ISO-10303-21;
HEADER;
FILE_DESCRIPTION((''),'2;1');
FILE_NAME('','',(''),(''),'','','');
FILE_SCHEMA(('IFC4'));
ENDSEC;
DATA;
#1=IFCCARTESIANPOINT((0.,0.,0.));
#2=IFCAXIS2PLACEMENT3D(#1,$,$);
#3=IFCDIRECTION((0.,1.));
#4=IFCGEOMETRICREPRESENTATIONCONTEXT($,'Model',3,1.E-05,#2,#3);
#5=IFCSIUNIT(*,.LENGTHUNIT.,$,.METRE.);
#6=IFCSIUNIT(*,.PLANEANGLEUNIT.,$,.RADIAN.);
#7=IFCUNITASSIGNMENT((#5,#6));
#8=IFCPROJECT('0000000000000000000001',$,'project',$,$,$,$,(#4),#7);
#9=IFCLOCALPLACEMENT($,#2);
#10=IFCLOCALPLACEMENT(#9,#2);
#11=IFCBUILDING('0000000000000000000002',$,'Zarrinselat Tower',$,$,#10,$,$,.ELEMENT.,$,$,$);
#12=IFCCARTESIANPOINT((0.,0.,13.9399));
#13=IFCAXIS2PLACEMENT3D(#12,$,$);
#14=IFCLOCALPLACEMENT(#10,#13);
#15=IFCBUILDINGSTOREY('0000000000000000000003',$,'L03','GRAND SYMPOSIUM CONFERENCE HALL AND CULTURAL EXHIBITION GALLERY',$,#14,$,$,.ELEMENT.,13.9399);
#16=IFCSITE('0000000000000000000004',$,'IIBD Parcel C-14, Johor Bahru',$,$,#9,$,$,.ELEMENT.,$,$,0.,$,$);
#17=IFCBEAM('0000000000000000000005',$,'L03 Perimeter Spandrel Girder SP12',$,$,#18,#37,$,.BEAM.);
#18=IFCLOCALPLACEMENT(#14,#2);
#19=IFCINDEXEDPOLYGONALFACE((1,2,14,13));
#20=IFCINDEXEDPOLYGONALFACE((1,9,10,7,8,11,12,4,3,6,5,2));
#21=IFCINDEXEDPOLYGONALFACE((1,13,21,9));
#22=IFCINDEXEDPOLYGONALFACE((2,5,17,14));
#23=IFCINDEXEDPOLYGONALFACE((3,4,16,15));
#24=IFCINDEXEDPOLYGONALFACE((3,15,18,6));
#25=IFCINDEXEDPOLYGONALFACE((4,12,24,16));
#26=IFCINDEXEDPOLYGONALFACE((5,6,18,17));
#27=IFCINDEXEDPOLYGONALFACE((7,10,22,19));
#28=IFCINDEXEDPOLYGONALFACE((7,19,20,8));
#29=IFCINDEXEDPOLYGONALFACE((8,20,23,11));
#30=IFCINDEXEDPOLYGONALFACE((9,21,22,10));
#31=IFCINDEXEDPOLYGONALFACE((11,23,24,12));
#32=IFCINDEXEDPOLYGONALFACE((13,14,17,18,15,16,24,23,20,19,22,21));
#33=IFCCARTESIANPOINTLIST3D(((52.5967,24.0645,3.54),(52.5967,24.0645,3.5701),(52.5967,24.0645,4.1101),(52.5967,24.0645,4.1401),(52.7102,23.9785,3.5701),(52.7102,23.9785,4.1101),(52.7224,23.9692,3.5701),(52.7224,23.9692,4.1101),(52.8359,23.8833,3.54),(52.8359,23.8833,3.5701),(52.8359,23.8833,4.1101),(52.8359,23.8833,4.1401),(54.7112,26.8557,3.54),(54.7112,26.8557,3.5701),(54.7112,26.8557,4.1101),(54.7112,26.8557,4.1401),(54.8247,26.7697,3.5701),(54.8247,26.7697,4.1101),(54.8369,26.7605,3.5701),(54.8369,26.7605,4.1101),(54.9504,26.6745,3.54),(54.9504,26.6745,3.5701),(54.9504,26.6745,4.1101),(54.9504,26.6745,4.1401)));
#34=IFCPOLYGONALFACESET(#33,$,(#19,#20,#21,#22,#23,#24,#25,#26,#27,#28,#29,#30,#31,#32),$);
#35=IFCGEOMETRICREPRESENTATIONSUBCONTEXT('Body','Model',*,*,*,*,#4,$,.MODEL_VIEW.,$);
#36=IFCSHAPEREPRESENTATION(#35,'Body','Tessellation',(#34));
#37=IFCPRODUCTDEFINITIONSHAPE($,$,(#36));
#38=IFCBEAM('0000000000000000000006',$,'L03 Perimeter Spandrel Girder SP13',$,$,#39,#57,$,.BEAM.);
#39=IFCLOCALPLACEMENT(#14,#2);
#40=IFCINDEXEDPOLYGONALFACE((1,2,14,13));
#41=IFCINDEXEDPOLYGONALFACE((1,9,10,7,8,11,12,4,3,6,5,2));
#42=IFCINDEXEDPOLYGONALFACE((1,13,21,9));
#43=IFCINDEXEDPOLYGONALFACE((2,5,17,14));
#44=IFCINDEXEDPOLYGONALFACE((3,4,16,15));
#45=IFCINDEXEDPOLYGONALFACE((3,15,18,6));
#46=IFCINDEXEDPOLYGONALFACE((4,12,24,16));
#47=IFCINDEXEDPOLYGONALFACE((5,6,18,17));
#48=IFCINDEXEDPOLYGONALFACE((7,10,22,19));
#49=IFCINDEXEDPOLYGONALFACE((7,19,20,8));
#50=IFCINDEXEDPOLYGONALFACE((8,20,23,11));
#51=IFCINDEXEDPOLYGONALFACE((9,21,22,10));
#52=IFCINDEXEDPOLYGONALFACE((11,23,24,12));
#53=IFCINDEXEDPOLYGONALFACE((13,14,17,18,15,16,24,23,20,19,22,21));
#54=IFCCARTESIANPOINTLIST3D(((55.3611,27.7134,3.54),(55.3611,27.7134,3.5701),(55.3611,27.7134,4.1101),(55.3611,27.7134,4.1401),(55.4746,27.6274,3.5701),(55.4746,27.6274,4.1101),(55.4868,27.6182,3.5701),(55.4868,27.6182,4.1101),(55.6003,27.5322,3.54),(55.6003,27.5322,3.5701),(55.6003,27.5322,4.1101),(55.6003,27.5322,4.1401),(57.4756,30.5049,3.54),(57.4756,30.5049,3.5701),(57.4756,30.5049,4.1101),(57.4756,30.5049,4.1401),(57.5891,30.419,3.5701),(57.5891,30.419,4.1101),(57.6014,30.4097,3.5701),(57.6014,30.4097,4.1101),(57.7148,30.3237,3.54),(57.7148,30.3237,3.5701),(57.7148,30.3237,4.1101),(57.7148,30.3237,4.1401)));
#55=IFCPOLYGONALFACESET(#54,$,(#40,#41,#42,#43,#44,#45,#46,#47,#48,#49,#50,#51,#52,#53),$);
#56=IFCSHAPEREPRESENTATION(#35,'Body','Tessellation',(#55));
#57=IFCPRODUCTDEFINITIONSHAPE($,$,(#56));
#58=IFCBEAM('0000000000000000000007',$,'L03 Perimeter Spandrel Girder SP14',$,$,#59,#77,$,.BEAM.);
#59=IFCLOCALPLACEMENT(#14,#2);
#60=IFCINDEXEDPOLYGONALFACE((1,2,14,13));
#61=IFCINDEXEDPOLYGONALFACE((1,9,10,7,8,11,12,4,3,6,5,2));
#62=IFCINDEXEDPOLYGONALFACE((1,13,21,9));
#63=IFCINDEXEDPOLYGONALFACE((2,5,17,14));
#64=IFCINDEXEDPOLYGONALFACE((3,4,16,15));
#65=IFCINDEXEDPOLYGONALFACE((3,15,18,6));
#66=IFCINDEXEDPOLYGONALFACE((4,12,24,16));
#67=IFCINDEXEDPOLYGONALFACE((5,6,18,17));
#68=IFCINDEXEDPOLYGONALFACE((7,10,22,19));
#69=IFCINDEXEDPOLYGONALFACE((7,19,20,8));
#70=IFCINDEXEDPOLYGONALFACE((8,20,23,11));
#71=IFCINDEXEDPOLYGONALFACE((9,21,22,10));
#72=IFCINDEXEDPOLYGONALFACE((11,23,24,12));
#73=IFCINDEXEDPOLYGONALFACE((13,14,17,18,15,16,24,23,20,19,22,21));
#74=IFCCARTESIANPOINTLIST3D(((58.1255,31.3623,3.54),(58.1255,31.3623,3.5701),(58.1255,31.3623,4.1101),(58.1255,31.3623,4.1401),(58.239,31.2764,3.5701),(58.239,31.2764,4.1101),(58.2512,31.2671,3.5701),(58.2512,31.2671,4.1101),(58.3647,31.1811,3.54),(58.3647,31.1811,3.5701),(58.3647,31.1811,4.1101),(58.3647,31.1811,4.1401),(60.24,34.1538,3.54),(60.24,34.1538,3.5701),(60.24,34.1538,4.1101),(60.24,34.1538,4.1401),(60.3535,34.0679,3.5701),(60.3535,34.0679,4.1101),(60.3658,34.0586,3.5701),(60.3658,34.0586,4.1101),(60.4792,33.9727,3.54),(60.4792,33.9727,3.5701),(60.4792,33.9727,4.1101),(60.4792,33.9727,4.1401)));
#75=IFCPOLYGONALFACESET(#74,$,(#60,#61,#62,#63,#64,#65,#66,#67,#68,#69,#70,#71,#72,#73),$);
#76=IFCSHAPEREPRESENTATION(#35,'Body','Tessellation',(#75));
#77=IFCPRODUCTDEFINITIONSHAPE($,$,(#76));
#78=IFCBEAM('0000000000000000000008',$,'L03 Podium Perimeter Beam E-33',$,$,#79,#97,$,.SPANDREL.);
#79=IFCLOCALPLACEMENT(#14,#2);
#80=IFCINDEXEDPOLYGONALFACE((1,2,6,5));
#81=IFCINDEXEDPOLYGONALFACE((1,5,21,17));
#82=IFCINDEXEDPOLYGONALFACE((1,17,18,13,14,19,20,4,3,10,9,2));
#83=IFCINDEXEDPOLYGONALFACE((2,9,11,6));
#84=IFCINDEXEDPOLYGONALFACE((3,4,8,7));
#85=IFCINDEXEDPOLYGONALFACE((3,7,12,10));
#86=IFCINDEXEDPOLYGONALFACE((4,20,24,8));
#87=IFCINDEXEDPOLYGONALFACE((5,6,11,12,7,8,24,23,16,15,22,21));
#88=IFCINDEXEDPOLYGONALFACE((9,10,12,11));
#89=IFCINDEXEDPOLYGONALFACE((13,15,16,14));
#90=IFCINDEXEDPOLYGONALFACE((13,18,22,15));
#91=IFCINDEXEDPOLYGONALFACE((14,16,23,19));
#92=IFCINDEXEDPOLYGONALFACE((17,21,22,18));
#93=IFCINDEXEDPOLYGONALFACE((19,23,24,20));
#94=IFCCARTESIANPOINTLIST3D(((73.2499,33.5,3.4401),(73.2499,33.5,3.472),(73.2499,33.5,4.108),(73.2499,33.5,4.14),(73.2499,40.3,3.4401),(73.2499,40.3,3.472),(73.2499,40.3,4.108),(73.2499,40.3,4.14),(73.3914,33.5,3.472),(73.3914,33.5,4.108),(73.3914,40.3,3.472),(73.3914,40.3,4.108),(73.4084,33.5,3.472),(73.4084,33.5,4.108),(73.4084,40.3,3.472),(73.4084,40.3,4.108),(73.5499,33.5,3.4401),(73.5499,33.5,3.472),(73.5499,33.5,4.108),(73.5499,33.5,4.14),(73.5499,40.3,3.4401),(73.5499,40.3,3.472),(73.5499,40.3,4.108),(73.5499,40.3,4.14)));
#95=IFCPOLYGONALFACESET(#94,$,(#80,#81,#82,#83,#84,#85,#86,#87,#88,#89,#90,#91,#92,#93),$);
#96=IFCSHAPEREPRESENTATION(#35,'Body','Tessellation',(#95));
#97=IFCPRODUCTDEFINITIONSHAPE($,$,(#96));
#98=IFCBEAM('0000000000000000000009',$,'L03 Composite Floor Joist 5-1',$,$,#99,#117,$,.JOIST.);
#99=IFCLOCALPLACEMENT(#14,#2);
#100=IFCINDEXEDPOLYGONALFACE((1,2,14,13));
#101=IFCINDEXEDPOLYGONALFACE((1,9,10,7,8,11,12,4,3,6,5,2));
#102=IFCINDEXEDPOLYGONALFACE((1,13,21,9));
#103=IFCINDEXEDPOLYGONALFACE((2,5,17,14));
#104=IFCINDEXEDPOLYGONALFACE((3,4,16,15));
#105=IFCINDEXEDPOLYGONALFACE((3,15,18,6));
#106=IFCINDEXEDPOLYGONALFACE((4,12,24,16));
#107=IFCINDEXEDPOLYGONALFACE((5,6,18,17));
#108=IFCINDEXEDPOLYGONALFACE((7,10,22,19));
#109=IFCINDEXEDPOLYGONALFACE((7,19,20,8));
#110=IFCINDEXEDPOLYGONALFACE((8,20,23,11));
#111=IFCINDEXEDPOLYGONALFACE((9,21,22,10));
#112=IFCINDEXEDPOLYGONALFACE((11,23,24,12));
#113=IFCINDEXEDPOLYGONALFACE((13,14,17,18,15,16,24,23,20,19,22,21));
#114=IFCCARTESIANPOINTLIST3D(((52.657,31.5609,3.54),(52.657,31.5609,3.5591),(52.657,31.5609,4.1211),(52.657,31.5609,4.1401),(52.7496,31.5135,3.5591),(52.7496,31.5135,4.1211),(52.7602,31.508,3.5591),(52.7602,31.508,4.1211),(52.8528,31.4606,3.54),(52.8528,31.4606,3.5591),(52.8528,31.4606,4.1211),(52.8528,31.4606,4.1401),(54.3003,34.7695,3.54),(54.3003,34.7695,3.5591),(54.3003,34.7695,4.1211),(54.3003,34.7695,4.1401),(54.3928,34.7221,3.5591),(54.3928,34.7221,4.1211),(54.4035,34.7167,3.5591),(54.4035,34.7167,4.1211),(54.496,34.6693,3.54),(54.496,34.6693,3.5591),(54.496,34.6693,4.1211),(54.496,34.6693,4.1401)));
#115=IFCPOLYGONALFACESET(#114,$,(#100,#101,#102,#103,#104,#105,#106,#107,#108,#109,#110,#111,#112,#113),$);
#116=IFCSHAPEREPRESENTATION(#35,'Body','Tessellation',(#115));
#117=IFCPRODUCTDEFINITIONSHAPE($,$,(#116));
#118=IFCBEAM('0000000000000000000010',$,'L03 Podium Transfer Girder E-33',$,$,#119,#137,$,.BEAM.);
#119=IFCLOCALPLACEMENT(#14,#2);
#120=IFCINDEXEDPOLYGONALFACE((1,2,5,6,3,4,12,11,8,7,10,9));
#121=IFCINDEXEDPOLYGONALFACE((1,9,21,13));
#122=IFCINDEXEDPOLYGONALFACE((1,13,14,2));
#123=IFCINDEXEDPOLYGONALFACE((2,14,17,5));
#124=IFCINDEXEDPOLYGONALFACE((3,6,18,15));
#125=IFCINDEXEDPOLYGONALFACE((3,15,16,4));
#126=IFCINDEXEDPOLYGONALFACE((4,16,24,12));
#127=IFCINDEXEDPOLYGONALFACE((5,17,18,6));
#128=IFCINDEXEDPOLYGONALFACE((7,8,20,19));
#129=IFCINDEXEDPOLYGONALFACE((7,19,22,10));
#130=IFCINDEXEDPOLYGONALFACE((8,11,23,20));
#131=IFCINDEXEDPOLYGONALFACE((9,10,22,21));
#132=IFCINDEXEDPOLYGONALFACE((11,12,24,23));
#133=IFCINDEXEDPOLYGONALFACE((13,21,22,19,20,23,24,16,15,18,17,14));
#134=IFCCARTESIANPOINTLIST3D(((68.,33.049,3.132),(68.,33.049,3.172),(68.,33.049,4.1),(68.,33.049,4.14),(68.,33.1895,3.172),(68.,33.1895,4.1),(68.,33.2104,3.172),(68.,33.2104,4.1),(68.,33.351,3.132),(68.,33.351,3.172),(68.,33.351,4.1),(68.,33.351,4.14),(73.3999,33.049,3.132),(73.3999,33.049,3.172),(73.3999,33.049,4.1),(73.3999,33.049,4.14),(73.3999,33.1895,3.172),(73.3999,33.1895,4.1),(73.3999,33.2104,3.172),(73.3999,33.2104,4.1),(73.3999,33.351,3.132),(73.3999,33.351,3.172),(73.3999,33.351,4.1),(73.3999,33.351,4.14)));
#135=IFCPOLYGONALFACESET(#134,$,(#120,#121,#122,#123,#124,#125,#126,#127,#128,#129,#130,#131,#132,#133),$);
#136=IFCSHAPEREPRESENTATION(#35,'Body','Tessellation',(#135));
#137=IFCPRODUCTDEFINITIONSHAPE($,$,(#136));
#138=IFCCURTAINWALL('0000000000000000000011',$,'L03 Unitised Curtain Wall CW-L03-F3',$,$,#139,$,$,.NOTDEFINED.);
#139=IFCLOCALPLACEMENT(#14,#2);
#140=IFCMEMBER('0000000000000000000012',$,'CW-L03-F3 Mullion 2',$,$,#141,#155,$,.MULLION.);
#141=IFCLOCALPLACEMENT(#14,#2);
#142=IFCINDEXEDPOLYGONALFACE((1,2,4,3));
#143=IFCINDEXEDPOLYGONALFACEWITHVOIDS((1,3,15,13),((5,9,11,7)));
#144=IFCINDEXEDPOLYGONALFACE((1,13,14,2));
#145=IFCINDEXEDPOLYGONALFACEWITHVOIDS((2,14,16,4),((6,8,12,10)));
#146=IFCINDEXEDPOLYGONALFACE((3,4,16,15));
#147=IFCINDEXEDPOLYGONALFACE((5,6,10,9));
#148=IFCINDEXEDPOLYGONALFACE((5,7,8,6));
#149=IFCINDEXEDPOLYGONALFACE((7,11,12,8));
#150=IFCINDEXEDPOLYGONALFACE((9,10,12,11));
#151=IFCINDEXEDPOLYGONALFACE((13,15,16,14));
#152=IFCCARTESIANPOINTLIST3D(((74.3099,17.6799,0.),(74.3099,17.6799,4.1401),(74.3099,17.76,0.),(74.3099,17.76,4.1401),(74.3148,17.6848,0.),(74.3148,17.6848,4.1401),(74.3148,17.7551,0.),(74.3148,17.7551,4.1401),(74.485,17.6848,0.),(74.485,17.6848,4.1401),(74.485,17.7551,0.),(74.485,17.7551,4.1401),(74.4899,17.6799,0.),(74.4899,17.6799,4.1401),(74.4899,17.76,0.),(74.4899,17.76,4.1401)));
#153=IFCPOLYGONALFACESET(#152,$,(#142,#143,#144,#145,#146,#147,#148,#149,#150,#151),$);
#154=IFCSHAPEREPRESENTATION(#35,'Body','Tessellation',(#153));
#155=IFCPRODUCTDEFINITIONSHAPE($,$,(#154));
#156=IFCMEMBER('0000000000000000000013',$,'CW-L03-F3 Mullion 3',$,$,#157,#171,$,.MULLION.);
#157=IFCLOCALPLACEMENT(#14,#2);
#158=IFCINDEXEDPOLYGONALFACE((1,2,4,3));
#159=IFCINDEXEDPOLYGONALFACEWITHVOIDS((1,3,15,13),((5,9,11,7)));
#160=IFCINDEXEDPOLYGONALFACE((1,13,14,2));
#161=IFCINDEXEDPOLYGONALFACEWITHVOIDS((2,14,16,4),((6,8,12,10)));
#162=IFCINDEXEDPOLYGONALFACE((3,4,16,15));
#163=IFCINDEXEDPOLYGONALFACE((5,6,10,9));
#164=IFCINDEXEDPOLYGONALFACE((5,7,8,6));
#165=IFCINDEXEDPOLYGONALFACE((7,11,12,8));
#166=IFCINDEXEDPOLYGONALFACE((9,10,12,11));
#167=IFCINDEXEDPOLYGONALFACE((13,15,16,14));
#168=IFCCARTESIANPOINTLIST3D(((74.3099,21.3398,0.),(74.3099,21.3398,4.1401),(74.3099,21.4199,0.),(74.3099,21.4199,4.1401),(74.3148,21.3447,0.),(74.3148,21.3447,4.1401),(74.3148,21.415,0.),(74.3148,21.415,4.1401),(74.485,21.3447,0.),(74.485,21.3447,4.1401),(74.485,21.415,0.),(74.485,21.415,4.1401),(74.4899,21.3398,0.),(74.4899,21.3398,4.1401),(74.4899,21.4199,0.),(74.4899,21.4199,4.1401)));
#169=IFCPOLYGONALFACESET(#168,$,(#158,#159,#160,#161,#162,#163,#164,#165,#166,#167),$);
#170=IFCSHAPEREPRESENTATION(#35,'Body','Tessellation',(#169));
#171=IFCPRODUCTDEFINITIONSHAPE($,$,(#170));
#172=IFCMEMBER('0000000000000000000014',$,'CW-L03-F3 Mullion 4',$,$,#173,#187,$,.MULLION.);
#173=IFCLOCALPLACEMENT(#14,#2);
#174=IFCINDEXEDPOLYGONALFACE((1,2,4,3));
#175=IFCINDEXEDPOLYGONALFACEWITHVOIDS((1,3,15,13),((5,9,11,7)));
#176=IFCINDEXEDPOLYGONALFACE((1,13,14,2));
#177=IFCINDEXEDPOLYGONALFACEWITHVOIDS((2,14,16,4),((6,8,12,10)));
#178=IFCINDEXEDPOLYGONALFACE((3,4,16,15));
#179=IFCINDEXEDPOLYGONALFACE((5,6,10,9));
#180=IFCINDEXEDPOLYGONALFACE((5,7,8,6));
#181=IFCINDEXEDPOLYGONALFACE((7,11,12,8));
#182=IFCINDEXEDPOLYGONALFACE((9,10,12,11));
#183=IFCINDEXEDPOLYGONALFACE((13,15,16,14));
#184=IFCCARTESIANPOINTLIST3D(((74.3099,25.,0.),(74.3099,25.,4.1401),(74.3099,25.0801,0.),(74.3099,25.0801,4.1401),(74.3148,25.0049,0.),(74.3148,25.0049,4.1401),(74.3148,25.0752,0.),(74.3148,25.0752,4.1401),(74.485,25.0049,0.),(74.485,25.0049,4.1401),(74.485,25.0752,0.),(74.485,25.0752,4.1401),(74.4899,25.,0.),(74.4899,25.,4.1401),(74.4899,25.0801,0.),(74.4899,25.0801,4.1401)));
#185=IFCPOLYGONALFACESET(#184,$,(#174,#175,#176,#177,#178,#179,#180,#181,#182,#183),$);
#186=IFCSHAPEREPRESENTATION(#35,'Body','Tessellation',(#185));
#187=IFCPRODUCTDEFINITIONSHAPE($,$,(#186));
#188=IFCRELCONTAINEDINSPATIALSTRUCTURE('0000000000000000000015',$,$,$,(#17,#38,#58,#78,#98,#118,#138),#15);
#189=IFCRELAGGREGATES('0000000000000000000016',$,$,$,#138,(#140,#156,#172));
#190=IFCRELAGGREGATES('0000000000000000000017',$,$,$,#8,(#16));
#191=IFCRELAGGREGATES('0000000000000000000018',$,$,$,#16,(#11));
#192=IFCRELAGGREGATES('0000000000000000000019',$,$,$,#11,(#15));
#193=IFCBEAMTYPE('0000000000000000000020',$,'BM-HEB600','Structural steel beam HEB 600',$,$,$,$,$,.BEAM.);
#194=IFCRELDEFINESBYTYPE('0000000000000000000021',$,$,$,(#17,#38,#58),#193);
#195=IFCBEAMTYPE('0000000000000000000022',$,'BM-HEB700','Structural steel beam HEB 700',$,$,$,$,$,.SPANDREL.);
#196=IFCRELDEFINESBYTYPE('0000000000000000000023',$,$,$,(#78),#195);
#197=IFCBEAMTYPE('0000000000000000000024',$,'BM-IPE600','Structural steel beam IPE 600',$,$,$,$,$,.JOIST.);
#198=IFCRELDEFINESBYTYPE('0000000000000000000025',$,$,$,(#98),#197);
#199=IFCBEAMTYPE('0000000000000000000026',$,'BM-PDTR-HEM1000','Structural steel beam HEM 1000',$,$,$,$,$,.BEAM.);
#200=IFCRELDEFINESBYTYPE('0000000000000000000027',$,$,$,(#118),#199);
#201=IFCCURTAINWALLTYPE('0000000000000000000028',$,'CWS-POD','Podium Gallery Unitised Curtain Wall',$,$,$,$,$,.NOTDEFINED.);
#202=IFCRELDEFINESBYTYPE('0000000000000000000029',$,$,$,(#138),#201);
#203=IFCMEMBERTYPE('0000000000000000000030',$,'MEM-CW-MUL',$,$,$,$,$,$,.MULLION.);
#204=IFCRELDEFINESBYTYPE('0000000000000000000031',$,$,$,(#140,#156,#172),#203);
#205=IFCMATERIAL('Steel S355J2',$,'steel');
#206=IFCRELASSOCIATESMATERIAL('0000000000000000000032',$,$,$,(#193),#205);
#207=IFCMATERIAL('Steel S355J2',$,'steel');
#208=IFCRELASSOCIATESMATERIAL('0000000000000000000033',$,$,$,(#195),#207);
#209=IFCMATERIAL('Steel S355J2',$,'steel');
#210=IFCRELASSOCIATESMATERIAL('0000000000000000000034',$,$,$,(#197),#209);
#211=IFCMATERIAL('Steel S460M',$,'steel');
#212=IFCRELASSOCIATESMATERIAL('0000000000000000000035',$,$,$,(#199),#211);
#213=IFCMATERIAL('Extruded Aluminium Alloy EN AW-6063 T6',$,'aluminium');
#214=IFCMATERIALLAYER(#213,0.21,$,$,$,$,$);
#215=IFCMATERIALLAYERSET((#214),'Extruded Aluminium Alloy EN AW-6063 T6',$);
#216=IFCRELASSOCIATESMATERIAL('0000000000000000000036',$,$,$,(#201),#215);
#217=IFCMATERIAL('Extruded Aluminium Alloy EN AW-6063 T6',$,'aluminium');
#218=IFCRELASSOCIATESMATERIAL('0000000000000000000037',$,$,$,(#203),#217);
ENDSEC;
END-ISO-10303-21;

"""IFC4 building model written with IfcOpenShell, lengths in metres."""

from ifc_helpers import new_model, si_unit, direction, frame, origin, origin_2d, place, context, subcontext, project, spatial, hollow_rectangle, i_section, extrude, material, layer, layer_set, material_profile, profile_set, type_object, element, aggregate, save


model = new_model("IFC4")

# Units and contexts
model_context = context("Model", 3, precision=1e-05, world=origin(), true_north=direction((0.0, 1.0)))
body_context = subcontext(model_context, "Body", "Model", "MODEL_VIEW")
ifc_project = project(units=[si_unit("LENGTHUNIT", "METRE"), si_unit("PLANEANGLEUNIT", "RADIAN")], contexts=[model_context])

# Site, building, storey
site_placement = place(None, origin())
site = spatial("IfcSite", under=ifc_project, at=site_placement, Name="IIBD Parcel C-14, Johor Bahru", CompositionType="ELEMENT", RefElevation=0.0)
building_placement = place(site_placement, origin())
building = spatial("IfcBuilding", under=site, at=building_placement, Name="Zarrinselat Tower", CompositionType="ELEMENT")
storey_placement = place(building_placement, frame((0.0, 0.0, 13.9399)))
storey = spatial("IfcBuildingStorey", under=building, at=storey_placement, Name="L03", Description="GRAND SYMPOSIUM CONFERENCE HALL AND CULTURAL EXHIBITION GALLERY", CompositionType="ELEMENT", Elevation=13.9399)

# Beams
ifc_material_1 = material(Name="Steel S355J2", Category="steel")
ifc_material_profile_1 = material_profile(ifc_material_1, i_section(OverallWidth=0.3, OverallDepth=0.6001, WebThickness=0.0154, FlangeThickness=0.03, at=origin_2d()), Name="HEB 600")
ifc_profile_set_1 = profile_set([ifc_material_profile_1], Name="Steel S355J2")
beam_type_1 = type_object("IfcBeamType", Name="BM-HEB600", Description="Structural steel beam HEB 600", PredefinedType="BEAM", material=ifc_profile_set_1)
beam_1_placement = place(storey_placement, frame((52.7163, 23.9739, 3.8401), z_axis=(0.603842, 0.797104, 0.0), x_axis=(-0.797104, 0.603842, 0.0)))
element("IfcBeam", 1, at=beam_1_placement, inside=storey, type_object=beam_type_1, Name="L03 Perimeter Spandrel Girder SP12", PredefinedType="BEAM", context=body_context, shape_type="SweptSolid", body=[
    extrude(i_section(OverallWidth=0.3, OverallDepth=0.6001, WebThickness=0.0154, FlangeThickness=0.03, at=origin_2d()), origin(), (0.0, 0.0, 1.0), 3.5017),
])
for number, where, z_axis, x_axis, name in (
    (2, (55.4807, 27.6228, 3.8401), (0.603808, 0.79713, 0.0), (-0.79713, 0.603808, 0.0), "L03 Perimeter Spandrel Girder SP13"),
    (3, (58.2451, 31.2717, 3.8401), (0.603808, 0.79713, 0.0), (-0.79713, 0.603808, 0.0), "L03 Perimeter Spandrel Girder SP14"),
):
    element("IfcBeam", number, at=place(storey_placement, frame(where, z_axis=z_axis, x_axis=x_axis)), inside=storey, type_object=beam_type_1, Name=name, PredefinedType="BEAM", context=body_context, shape_type="SweptSolid", body=[
        extrude(i_section(OverallWidth=0.3, OverallDepth=0.6001, WebThickness=0.0154, FlangeThickness=0.03, at=origin_2d()), origin(), (0.0, 0.0, 1.0), 3.502),
    ])
ifc_material_2 = material(Name="Steel S355J2", Category="steel")
ifc_material_profile_2 = material_profile(ifc_material_2, i_section(OverallWidth=0.3, OverallDepth=0.7, WebThickness=0.0171, FlangeThickness=0.032, at=origin_2d()), Name="HEB 700")
ifc_profile_set_2 = profile_set([ifc_material_profile_2], Name="Steel S355J2")
beam_type_2 = type_object("IfcBeamType", Name="BM-HEB700", Description="Structural steel beam HEB 700", PredefinedType="SPANDREL", material=ifc_profile_set_2)
beam_2_placement = place(storey_placement, frame((73.3999, 33.5, 3.79), z_axis=(0.0, 1.0, 0.0), x_axis=(-1.0, 0.0, 0.0)))
element("IfcBeam", 4, at=beam_2_placement, inside=storey, type_object=beam_type_2, Name="L03 Podium Perimeter Beam E-33", PredefinedType="SPANDREL", context=body_context, shape_type="SweptSolid", body=[
    extrude(i_section(OverallWidth=0.3, OverallDepth=0.7, WebThickness=0.0171, FlangeThickness=0.032, at=origin_2d()), origin(), (0.0, 0.0, 1.0), 6.8),
])
ifc_material_3 = material(Name="Steel S355J2", Category="steel")
ifc_material_profile_3 = material_profile(ifc_material_3, i_section(OverallWidth=0.22, OverallDepth=0.6001, WebThickness=0.012, FlangeThickness=0.019, at=origin_2d()), Name="IPE 600")
ifc_profile_set_3 = profile_set([ifc_material_profile_3], Name="Steel S355J2")
beam_type_3 = type_object("IfcBeamType", Name="BM-IPE600", Description="Structural steel beam IPE 600", PredefinedType="JOIST", material=ifc_profile_set_3)
beam_3_placement = place(storey_placement, frame((52.7549, 31.5107, 3.8401), z_axis=(0.455834, 0.890065, 0.0), x_axis=(-0.890065, 0.455834, 0.0)))
element("IfcBeam", 5, at=beam_3_placement, inside=storey, type_object=beam_type_3, Name="L03 Composite Floor Joist 5-1", PredefinedType="JOIST", context=body_context, shape_type="SweptSolid", body=[
    extrude(i_section(OverallWidth=0.22, OverallDepth=0.6001, WebThickness=0.012, FlangeThickness=0.019, at=origin_2d()), origin(), (0.0, 0.0, 1.0), 3.605),
])
ifc_material_4 = material(Name="Steel S460M", Category="steel")
ifc_material_profile_4 = material_profile(ifc_material_4, i_section(OverallWidth=0.302, OverallDepth=1.0081, WebThickness=0.021, FlangeThickness=0.04, at=origin_2d()), Name="HEM 1000")
ifc_profile_set_4 = profile_set([ifc_material_profile_4], Name="Steel S460M")
beam_type_4 = type_object("IfcBeamType", Name="BM-PDTR-HEM1000", Description="Structural steel beam HEM 1000", PredefinedType="BEAM", material=ifc_profile_set_4)
beam_4_placement = place(storey_placement, frame((68.0, 33.2, 3.636), z_axis=(1.0, 0.0, 0.0), x_axis=(0.0, 1.0, 0.0)))
element("IfcBeam", 6, at=beam_4_placement, inside=storey, type_object=beam_type_4, Name="L03 Podium Transfer Girder E-33", PredefinedType="BEAM", context=body_context, shape_type="SweptSolid", body=[
    extrude(i_section(OverallWidth=0.302, OverallDepth=1.0081, WebThickness=0.021, FlangeThickness=0.04, at=origin_2d()), origin(), (0.0, 0.0, 1.0), 5.3999),
])

# Curtain wall, members
ifc_material_5 = material(Name="Extruded Aluminium Alloy EN AW-6063 T6", Category="aluminium")
ifc_layer_1 = layer(ifc_material_5, 0.21)
ifc_layer_set_1 = layer_set([ifc_layer_1], Name="Extruded Aluminium Alloy EN AW-6063 T6")
curtain_wall_type = type_object("IfcCurtainWallType", Name="CWS-POD", Description="Podium Gallery Unitised Curtain Wall", PredefinedType="NOTDEFINED", material=ifc_layer_set_1)
curtain_wall_placement = place(storey_placement, origin())
curtain_wall = element("IfcCurtainWall", 7, at=curtain_wall_placement, inside=storey, type_object=curtain_wall_type, Name="L03 Unitised Curtain Wall CW-L03-F3", PredefinedType="NOTDEFINED")
ifc_material_6 = material(Name="Extruded Aluminium Alloy EN AW-6063 T6", Category="aluminium")
ifc_material_profile_5 = material_profile(ifc_material_6, hollow_rectangle(XDim=0.0801, YDim=0.1799, WallThickness=0.0049, at=origin_2d()), Name="RHS 180x80x5")
ifc_profile_set_5 = profile_set([ifc_material_profile_5], Name="Extruded Aluminium Alloy EN AW-6063 T6")
member_type = type_object("IfcMemberType", Name="MEM-CW-MUL", PredefinedType="MULLION", material=ifc_profile_set_5)
member_1_placement = place(storey_placement, frame((74.3999, 17.72, 0.0), z_axis=(0.0, 0.0, 1.0), x_axis=(0.0, 1.0, 0.0)))
member_1 = element("IfcMember", 8, at=member_1_placement, type_object=member_type, Name="CW-L03-F3 Mullion 2", PredefinedType="MULLION", context=body_context, shape_type="SweptSolid", body=[
    extrude(hollow_rectangle(XDim=0.0801, YDim=0.1799, WallThickness=0.0049, at=origin_2d()), origin(), (0.0, 0.0, 1.0), 4.1401),
])
member_2_placement = place(storey_placement, frame((74.3999, 21.3799, 0.0), z_axis=(0.0, 0.0, 1.0), x_axis=(0.0, 1.0, 0.0)))
member_2 = element("IfcMember", 9, at=member_2_placement, type_object=member_type, Name="CW-L03-F3 Mullion 3", PredefinedType="MULLION", context=body_context, shape_type="SweptSolid", body=[
    extrude(hollow_rectangle(XDim=0.0801, YDim=0.1799, WallThickness=0.0049, at=origin_2d()), origin(), (0.0, 0.0, 1.0), 4.1401),
])
member_3_placement = place(storey_placement, frame((74.3999, 25.04, 0.0), z_axis=(0.0, 0.0, 1.0), x_axis=(0.0, 1.0, 0.0)))
member_3 = element("IfcMember", 10, at=member_3_placement, type_object=member_type, Name="CW-L03-F3 Mullion 4", PredefinedType="MULLION", context=body_context, shape_type="SweptSolid", body=[
    extrude(hollow_rectangle(XDim=0.0801, YDim=0.1799, WallThickness=0.0049, at=origin_2d()), origin(), (0.0, 0.0, 1.0), 4.1401),
])
aggregate(curtain_wall, [member_1, member_2, member_3])

save(model, "model.ifc")
